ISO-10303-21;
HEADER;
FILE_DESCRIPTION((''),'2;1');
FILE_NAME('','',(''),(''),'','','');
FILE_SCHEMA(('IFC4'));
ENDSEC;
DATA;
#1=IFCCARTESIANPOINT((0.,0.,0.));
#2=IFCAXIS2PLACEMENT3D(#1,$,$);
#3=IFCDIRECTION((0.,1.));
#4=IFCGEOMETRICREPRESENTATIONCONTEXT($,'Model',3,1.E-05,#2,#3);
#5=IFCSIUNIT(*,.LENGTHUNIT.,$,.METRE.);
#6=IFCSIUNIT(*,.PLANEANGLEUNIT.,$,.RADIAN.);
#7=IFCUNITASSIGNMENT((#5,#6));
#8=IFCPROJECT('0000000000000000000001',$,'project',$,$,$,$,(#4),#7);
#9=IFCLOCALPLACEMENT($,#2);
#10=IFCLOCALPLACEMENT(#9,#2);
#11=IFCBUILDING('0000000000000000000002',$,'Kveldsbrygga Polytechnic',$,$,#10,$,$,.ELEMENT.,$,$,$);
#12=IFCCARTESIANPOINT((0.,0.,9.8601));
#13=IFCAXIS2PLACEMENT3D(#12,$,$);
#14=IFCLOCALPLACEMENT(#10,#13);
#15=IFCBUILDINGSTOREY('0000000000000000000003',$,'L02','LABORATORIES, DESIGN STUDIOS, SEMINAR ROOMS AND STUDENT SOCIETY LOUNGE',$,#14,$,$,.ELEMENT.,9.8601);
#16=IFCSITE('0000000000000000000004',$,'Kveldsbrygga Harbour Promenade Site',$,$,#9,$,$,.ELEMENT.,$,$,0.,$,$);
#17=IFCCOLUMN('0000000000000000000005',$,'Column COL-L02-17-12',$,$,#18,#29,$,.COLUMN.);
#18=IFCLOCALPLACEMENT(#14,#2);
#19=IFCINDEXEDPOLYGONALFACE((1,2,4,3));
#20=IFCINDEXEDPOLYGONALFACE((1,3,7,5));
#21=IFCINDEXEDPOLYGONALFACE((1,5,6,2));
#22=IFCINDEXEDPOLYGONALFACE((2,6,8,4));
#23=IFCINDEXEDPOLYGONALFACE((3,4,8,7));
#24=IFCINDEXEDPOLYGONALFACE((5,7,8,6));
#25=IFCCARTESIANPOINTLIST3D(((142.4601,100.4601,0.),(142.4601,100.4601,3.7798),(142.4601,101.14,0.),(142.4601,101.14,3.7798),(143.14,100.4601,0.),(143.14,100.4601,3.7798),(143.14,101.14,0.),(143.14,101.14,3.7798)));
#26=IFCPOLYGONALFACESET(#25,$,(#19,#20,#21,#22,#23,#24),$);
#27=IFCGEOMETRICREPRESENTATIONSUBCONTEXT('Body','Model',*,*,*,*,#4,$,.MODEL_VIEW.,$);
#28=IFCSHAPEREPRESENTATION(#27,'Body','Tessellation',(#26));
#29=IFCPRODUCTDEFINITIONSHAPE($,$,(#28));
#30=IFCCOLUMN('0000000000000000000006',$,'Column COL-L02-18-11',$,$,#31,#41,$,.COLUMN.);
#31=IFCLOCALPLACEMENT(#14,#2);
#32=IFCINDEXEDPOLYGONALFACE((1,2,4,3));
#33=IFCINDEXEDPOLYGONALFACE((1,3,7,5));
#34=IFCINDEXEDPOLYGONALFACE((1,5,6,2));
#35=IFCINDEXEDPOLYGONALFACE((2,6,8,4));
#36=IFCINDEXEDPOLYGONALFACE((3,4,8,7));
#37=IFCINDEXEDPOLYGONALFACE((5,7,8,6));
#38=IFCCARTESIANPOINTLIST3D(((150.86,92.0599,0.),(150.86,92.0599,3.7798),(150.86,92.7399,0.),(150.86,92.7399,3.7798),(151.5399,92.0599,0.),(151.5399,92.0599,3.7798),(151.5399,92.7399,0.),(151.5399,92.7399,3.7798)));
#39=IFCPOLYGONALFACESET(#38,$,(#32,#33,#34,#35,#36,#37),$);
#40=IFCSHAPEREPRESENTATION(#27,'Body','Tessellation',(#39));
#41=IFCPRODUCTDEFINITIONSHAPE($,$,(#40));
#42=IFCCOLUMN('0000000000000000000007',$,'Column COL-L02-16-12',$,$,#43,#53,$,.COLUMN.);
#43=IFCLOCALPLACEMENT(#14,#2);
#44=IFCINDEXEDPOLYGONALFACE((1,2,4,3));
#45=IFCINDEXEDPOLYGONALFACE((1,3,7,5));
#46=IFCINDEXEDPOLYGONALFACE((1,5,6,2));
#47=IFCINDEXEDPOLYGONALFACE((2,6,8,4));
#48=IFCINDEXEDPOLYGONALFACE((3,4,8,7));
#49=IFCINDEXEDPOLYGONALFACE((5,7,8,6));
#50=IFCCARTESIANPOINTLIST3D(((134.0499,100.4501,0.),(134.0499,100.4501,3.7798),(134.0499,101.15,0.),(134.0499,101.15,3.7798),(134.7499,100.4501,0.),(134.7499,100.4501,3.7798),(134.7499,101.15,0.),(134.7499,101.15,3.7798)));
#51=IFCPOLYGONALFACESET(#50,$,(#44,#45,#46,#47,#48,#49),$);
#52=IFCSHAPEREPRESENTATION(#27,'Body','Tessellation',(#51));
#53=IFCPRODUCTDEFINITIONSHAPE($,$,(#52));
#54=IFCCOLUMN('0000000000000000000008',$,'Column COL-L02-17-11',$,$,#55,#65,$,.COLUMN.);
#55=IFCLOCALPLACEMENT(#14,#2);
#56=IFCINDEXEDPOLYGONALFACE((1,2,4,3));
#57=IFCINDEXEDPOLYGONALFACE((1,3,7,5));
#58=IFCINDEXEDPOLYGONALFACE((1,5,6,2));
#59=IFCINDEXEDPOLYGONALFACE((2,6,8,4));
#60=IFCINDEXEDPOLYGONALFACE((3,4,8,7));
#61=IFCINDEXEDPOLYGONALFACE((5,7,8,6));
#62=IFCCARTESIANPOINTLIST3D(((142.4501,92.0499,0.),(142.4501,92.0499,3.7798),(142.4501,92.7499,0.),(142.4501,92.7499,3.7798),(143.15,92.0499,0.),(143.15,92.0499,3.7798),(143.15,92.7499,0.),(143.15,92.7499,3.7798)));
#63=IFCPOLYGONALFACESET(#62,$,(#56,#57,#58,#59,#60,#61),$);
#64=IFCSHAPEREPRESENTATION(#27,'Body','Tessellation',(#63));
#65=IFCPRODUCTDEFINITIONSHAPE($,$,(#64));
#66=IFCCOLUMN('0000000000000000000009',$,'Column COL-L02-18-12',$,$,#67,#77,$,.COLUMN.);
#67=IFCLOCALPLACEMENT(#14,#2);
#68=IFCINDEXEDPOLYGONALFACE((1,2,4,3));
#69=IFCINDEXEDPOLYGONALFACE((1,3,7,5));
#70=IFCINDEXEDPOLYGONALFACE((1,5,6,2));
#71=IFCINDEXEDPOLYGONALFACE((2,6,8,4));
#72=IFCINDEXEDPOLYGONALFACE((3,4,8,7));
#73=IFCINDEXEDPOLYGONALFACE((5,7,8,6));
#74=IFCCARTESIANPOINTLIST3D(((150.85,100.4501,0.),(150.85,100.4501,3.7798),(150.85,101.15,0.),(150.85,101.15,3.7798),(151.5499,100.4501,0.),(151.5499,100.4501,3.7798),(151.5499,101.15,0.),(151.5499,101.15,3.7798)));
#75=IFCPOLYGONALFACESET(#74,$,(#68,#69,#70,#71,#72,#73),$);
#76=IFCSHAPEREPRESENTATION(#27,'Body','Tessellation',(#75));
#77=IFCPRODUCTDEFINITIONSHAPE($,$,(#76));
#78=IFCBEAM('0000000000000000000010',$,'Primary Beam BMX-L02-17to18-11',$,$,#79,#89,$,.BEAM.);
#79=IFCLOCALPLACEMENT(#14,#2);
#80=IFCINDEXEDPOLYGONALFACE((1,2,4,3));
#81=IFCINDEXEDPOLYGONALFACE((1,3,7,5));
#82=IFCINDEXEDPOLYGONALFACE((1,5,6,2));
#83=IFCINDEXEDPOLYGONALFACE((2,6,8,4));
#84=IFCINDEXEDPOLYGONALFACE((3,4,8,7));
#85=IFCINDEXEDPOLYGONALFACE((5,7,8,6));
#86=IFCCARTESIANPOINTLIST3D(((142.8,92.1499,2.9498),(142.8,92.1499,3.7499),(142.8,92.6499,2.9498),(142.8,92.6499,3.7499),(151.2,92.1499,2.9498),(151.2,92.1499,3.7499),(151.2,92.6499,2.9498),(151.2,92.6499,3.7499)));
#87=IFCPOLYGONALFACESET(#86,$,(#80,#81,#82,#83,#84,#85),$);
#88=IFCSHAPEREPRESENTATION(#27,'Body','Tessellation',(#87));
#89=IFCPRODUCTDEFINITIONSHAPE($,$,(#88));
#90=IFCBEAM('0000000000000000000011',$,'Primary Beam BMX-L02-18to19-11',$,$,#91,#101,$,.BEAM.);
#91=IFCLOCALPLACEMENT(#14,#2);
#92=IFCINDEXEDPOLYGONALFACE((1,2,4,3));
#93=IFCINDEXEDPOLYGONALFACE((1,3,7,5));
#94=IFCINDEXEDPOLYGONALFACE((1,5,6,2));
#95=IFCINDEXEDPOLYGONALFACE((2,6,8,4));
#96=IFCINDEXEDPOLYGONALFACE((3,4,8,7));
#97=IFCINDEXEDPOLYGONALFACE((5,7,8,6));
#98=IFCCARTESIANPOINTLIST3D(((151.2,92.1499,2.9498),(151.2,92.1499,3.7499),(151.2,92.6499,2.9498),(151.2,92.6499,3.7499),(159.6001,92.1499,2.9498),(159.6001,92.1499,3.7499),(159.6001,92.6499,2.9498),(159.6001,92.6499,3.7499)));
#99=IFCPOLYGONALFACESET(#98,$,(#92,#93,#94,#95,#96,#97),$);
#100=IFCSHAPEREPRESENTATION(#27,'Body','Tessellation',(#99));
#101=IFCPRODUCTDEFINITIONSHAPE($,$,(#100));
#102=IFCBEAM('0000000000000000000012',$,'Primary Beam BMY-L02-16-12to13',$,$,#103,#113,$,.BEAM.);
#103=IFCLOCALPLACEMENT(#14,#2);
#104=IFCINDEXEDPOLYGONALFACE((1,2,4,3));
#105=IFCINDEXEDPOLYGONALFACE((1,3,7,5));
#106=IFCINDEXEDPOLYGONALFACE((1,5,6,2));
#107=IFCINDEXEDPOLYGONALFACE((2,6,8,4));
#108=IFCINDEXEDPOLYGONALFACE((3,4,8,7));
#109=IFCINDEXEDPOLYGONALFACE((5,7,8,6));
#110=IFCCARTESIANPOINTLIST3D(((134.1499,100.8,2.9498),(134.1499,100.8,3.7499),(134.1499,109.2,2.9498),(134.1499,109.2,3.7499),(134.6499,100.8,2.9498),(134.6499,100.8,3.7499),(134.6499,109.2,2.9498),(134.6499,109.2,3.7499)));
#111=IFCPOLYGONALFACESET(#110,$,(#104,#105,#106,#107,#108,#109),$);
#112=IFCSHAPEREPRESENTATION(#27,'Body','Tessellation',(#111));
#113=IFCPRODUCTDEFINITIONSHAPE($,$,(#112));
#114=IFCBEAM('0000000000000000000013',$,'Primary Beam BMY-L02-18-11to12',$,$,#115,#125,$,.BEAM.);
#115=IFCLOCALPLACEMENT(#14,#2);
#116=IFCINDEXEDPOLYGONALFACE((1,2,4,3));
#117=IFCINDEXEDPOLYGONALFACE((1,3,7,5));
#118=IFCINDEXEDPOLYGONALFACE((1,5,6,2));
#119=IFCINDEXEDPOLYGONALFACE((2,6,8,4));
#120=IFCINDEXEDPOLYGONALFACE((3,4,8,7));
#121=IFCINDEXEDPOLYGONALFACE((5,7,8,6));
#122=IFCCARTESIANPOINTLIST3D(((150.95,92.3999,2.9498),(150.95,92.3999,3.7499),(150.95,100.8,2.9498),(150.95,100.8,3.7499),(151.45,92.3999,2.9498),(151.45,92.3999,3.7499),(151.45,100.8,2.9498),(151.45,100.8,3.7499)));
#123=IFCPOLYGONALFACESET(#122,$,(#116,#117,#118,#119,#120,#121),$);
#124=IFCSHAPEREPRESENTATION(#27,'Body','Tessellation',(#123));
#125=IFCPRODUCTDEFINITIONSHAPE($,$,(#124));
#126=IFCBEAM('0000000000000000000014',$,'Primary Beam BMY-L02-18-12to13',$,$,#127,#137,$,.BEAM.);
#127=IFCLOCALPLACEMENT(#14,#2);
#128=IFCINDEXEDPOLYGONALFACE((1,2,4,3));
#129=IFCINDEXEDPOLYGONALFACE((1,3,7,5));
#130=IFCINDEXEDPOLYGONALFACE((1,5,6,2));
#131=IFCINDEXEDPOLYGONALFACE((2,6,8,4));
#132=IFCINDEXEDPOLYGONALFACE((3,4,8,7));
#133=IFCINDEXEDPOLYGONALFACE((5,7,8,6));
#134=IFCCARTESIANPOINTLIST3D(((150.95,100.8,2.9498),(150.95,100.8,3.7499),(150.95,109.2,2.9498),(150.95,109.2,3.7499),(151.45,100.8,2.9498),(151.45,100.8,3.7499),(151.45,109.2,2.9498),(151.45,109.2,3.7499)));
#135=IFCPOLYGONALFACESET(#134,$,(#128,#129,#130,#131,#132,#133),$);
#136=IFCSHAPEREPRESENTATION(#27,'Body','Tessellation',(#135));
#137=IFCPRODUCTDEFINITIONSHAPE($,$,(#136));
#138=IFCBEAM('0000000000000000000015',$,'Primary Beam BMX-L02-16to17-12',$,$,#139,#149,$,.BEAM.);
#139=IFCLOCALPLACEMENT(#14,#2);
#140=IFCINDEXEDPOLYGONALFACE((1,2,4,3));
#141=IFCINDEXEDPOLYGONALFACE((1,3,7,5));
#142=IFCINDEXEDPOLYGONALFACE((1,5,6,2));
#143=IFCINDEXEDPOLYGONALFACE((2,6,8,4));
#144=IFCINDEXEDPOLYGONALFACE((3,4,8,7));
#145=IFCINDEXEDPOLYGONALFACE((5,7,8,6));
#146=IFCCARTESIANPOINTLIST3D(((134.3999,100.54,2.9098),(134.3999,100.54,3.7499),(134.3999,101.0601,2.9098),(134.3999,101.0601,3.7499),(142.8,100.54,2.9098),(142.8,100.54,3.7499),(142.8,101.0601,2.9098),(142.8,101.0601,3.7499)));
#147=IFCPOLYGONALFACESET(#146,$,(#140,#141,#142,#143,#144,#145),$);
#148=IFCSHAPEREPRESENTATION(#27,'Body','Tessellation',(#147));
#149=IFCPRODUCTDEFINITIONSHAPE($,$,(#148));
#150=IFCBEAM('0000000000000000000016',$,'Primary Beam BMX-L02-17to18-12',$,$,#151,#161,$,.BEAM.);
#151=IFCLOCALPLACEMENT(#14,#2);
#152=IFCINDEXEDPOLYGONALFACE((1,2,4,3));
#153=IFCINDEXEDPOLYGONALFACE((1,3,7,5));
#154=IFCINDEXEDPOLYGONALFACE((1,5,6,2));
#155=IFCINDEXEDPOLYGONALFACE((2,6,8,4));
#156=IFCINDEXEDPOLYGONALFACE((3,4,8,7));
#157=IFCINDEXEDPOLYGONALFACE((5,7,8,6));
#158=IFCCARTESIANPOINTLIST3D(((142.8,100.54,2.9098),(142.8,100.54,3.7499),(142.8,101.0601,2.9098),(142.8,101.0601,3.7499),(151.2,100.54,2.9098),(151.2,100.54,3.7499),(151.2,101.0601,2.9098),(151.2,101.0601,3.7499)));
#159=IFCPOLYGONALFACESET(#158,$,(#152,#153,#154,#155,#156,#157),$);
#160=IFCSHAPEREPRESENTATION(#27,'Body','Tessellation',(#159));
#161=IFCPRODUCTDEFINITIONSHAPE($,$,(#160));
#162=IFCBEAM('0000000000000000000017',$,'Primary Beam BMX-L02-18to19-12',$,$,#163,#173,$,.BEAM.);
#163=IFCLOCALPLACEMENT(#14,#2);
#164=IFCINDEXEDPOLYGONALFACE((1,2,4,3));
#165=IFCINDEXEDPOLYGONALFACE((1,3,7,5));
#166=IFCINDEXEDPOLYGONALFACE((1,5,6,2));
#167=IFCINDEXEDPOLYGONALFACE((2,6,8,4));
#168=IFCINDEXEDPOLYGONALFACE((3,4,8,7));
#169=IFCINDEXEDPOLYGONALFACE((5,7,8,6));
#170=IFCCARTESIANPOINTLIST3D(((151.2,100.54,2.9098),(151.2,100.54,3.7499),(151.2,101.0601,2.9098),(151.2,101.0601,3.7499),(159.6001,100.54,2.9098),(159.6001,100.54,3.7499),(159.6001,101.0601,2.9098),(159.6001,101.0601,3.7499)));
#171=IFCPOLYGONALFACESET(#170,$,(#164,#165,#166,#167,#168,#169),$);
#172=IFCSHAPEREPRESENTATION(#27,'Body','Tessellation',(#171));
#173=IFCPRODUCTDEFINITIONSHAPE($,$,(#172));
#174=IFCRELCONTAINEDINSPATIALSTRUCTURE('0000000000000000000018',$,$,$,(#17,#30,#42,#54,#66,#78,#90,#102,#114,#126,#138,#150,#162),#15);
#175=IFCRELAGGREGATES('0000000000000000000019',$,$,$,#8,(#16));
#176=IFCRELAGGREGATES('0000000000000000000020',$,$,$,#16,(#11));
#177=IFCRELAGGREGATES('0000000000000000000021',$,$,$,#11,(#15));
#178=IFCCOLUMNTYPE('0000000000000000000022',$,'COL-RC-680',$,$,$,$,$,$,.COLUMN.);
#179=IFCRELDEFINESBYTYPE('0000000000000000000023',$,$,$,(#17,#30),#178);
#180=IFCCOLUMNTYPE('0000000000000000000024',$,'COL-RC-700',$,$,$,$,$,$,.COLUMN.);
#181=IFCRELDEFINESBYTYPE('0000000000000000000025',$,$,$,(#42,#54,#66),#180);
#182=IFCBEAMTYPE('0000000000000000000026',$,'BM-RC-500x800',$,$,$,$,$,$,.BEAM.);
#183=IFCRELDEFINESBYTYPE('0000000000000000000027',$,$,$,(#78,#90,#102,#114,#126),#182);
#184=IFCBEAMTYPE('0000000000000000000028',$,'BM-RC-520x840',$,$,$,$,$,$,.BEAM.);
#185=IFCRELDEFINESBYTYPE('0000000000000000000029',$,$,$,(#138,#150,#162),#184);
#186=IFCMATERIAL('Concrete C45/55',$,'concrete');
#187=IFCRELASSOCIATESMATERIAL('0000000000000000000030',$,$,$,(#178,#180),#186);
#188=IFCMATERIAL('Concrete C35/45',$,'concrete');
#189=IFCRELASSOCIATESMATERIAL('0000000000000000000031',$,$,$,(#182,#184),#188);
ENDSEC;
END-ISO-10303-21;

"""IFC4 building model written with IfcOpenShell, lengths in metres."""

from ifc_helpers import new_model, si_unit, direction, frame, origin, origin_2d, place, context, subcontext, project, spatial, rectangle, extrude, material, material_profile, profile_set, type_object, element, save


model = new_model("IFC4")

# Units and contexts
model_context = context("Model", 3, precision=1e-05, world=origin(), true_north=direction((0.0, 1.0)))
body_context = subcontext(model_context, "Body", "Model", "MODEL_VIEW")
ifc_project = project(units=[si_unit("LENGTHUNIT", "METRE"), si_unit("PLANEANGLEUNIT", "RADIAN")], contexts=[model_context])

# Site, building, storey
site_placement = place(None, origin())
site = spatial("IfcSite", under=ifc_project, at=site_placement, Name="Kveldsbrygga Harbour Promenade Site", CompositionType="ELEMENT", RefElevation=0.0)
building_placement = place(site_placement, origin())
building = spatial("IfcBuilding", under=site, at=building_placement, Name="Kveldsbrygga Polytechnic", CompositionType="ELEMENT")
storey_placement = place(building_placement, frame((0.0, 0.0, 9.8601)))
storey = spatial("IfcBuildingStorey", under=building, at=storey_placement, Name="L02", Description="LABORATORIES, DESIGN STUDIOS, SEMINAR ROOMS AND STUDENT SOCIETY LOUNGE", CompositionType="ELEMENT", Elevation=9.8601)

# Columns
ifc_material_1 = material(Name="Concrete C45/55", Category="concrete")
ifc_material_profile_1 = material_profile(ifc_material_1, rectangle(XDim=0.6799, YDim=0.6799, at=origin_2d()), Name="RC 680x680")
ifc_profile_set_1 = profile_set([ifc_material_profile_1], Name="Concrete C45/55")
column_type_1 = type_object("IfcColumnType", Name="COL-RC-680", PredefinedType="COLUMN", material=ifc_profile_set_1)
for number, where, z_axis, x_axis, name in (
    (1, (142.8, 100.8, 0.0), (0.0, 0.0, 1.0), (1.0, 0.0, 0.0), "Column COL-L02-17-12"),
    (2, (151.2, 92.3999, 0.0), (0.0, 0.0, 1.0), (1.0, 0.0, 0.0), "Column COL-L02-18-11"),
):
    element("IfcColumn", number, at=place(storey_placement, frame(where, z_axis=z_axis, x_axis=x_axis)), inside=storey, type_object=column_type_1, Name=name, PredefinedType="COLUMN", context=body_context, shape_type="SweptSolid", body=[
        extrude(rectangle(XDim=0.6799, YDim=0.6799, at=origin_2d()), origin(), (0.0, 0.0, 1.0), 3.7798),
    ])
ifc_material_profile_2 = material_profile(ifc_material_1, rectangle(XDim=0.7, YDim=0.7, at=origin_2d()), Name="RC 700x700")
ifc_profile_set_2 = profile_set([ifc_material_profile_2], Name="Concrete C45/55")
column_type_2 = type_object("IfcColumnType", Name="COL-RC-700", PredefinedType="COLUMN", material=ifc_profile_set_2)
for number, where, z_axis, x_axis, name in (
    (3, (134.3999, 100.8, 0.0), (0.0, 0.0, 1.0), (1.0, 0.0, 0.0), "Column COL-L02-16-12"),
    (4, (142.8, 92.3999, 0.0), (0.0, 0.0, 1.0), (1.0, 0.0, 0.0), "Column COL-L02-17-11"),
    (5, (151.2, 100.8, 0.0), (0.0, 0.0, 1.0), (1.0, 0.0, 0.0), "Column COL-L02-18-12"),
):
    element("IfcColumn", number, at=place(storey_placement, frame(where, z_axis=z_axis, x_axis=x_axis)), inside=storey, type_object=column_type_2, Name=name, PredefinedType="COLUMN", context=body_context, shape_type="SweptSolid", body=[
        extrude(rectangle(XDim=0.7, YDim=0.7, at=origin_2d()), origin(), (0.0, 0.0, 1.0), 3.7798),
    ])

# Beams
ifc_material_2 = material(Name="Concrete C35/45", Category="concrete")
ifc_material_profile_3 = material_profile(ifc_material_2, rectangle(XDim=0.5, YDim=0.8, at=origin_2d()), Name="RC 500x800")
ifc_profile_set_3 = profile_set([ifc_material_profile_3], Name="Concrete C35/45")
beam_type_1 = type_object("IfcBeamType", Name="BM-RC-500x800", PredefinedType="BEAM", material=ifc_profile_set_3)
beam_1_placement = place(storey_placement, frame((142.8, 92.3999, 3.3499), z_axis=(1.0, 0.0, 0.0), x_axis=(0.0, 1.0, 0.0)))
element("IfcBeam", 6, at=beam_1_placement, inside=storey, type_object=beam_type_1, Name="Primary Beam BMX-L02-17to18-11", PredefinedType="BEAM", context=body_context, shape_type="SweptSolid", body=[
    extrude(rectangle(XDim=0.5, YDim=0.8, at=origin_2d()), origin(), (0.0, 0.0, 1.0), 8.3999),
])
beam_2_placement = place(storey_placement, frame((151.2, 92.3999, 3.3499), z_axis=(1.0, 0.0, 0.0), x_axis=(0.0, 1.0, 0.0)))
element("IfcBeam", 7, at=beam_2_placement, inside=storey, type_object=beam_type_1, Name="Primary Beam BMX-L02-18to19-11", PredefinedType="BEAM", context=body_context, shape_type="SweptSolid", body=[
    extrude(rectangle(XDim=0.5, YDim=0.8, at=origin_2d()), origin(), (0.0, 0.0, 1.0), 8.4001),
])
beam_3_placement = place(storey_placement, frame((134.3999, 100.8, 3.3499), z_axis=(0.0, 1.0, 0.0), x_axis=(-1.0, 0.0, 0.0)))
element("IfcBeam", 8, at=beam_3_placement, inside=storey, type_object=beam_type_1, Name="Primary Beam BMY-L02-16-12to13", PredefinedType="BEAM", context=body_context, shape_type="SweptSolid", body=[
    extrude(rectangle(XDim=0.5, YDim=0.8, at=origin_2d()), origin(), (0.0, 0.0, 1.0), 8.3999),
])
beam_4_placement = place(storey_placement, frame((151.2, 92.3999, 3.3499), z_axis=(0.0, 1.0, 0.0), x_axis=(-1.0, 0.0, 0.0)))
element("IfcBeam", 9, at=beam_4_placement, inside=storey, type_object=beam_type_1, Name="Primary Beam BMY-L02-18-11to12", PredefinedType="BEAM", context=body_context, shape_type="SweptSolid", body=[
    extrude(rectangle(XDim=0.5, YDim=0.8, at=origin_2d()), origin(), (0.0, 0.0, 1.0), 8.4001),
])
beam_5_placement = place(storey_placement, frame((151.2, 100.8, 3.3499), z_axis=(0.0, 1.0, 0.0), x_axis=(-1.0, 0.0, 0.0)))
element("IfcBeam", 10, at=beam_5_placement, inside=storey, type_object=beam_type_1, Name="Primary Beam BMY-L02-18-12to13", PredefinedType="BEAM", context=body_context, shape_type="SweptSolid", body=[
    extrude(rectangle(XDim=0.5, YDim=0.8, at=origin_2d()), origin(), (0.0, 0.0, 1.0), 8.3999),
])
ifc_material_profile_4 = material_profile(ifc_material_2, rectangle(XDim=0.52, YDim=0.8401, at=origin_2d()), Name="RC 520x840")
ifc_profile_set_4 = profile_set([ifc_material_profile_4], Name="Concrete C35/45")
beam_type_2 = type_object("IfcBeamType", Name="BM-RC-520x840", PredefinedType="BEAM", material=ifc_profile_set_4)
beam_6_placement = place(storey_placement, frame((134.3999, 100.8, 3.3298), z_axis=(1.0, 0.0, 0.0), x_axis=(0.0, 1.0, 0.0)))
element("IfcBeam", 11, at=beam_6_placement, inside=storey, type_object=beam_type_2, Name="Primary Beam BMX-L02-16to17-12", PredefinedType="BEAM", context=body_context, shape_type="SweptSolid", body=[
    extrude(rectangle(XDim=0.52, YDim=0.8401, at=origin_2d()), origin(), (0.0, 0.0, 1.0), 8.4001),
])
beam_7_placement = place(storey_placement, frame((142.8, 100.8, 3.3298), z_axis=(1.0, 0.0, 0.0), x_axis=(0.0, 1.0, 0.0)))
element("IfcBeam", 12, at=beam_7_placement, inside=storey, type_object=beam_type_2, Name="Primary Beam BMX-L02-17to18-12", PredefinedType="BEAM", context=body_context, shape_type="SweptSolid", body=[
    extrude(rectangle(XDim=0.52, YDim=0.8401, at=origin_2d()), origin(), (0.0, 0.0, 1.0), 8.3999),
])
beam_8_placement = place(storey_placement, frame((151.2, 100.8, 3.3298), z_axis=(1.0, 0.0, 0.0), x_axis=(0.0, 1.0, 0.0)))
element("IfcBeam", 13, at=beam_8_placement, inside=storey, type_object=beam_type_2, Name="Primary Beam BMX-L02-18to19-12", PredefinedType="BEAM", context=body_context, shape_type="SweptSolid", body=[
    extrude(rectangle(XDim=0.52, YDim=0.8401, at=origin_2d()), origin(), (0.0, 0.0, 1.0), 8.4001),
])

save(model, "model.ifc")
